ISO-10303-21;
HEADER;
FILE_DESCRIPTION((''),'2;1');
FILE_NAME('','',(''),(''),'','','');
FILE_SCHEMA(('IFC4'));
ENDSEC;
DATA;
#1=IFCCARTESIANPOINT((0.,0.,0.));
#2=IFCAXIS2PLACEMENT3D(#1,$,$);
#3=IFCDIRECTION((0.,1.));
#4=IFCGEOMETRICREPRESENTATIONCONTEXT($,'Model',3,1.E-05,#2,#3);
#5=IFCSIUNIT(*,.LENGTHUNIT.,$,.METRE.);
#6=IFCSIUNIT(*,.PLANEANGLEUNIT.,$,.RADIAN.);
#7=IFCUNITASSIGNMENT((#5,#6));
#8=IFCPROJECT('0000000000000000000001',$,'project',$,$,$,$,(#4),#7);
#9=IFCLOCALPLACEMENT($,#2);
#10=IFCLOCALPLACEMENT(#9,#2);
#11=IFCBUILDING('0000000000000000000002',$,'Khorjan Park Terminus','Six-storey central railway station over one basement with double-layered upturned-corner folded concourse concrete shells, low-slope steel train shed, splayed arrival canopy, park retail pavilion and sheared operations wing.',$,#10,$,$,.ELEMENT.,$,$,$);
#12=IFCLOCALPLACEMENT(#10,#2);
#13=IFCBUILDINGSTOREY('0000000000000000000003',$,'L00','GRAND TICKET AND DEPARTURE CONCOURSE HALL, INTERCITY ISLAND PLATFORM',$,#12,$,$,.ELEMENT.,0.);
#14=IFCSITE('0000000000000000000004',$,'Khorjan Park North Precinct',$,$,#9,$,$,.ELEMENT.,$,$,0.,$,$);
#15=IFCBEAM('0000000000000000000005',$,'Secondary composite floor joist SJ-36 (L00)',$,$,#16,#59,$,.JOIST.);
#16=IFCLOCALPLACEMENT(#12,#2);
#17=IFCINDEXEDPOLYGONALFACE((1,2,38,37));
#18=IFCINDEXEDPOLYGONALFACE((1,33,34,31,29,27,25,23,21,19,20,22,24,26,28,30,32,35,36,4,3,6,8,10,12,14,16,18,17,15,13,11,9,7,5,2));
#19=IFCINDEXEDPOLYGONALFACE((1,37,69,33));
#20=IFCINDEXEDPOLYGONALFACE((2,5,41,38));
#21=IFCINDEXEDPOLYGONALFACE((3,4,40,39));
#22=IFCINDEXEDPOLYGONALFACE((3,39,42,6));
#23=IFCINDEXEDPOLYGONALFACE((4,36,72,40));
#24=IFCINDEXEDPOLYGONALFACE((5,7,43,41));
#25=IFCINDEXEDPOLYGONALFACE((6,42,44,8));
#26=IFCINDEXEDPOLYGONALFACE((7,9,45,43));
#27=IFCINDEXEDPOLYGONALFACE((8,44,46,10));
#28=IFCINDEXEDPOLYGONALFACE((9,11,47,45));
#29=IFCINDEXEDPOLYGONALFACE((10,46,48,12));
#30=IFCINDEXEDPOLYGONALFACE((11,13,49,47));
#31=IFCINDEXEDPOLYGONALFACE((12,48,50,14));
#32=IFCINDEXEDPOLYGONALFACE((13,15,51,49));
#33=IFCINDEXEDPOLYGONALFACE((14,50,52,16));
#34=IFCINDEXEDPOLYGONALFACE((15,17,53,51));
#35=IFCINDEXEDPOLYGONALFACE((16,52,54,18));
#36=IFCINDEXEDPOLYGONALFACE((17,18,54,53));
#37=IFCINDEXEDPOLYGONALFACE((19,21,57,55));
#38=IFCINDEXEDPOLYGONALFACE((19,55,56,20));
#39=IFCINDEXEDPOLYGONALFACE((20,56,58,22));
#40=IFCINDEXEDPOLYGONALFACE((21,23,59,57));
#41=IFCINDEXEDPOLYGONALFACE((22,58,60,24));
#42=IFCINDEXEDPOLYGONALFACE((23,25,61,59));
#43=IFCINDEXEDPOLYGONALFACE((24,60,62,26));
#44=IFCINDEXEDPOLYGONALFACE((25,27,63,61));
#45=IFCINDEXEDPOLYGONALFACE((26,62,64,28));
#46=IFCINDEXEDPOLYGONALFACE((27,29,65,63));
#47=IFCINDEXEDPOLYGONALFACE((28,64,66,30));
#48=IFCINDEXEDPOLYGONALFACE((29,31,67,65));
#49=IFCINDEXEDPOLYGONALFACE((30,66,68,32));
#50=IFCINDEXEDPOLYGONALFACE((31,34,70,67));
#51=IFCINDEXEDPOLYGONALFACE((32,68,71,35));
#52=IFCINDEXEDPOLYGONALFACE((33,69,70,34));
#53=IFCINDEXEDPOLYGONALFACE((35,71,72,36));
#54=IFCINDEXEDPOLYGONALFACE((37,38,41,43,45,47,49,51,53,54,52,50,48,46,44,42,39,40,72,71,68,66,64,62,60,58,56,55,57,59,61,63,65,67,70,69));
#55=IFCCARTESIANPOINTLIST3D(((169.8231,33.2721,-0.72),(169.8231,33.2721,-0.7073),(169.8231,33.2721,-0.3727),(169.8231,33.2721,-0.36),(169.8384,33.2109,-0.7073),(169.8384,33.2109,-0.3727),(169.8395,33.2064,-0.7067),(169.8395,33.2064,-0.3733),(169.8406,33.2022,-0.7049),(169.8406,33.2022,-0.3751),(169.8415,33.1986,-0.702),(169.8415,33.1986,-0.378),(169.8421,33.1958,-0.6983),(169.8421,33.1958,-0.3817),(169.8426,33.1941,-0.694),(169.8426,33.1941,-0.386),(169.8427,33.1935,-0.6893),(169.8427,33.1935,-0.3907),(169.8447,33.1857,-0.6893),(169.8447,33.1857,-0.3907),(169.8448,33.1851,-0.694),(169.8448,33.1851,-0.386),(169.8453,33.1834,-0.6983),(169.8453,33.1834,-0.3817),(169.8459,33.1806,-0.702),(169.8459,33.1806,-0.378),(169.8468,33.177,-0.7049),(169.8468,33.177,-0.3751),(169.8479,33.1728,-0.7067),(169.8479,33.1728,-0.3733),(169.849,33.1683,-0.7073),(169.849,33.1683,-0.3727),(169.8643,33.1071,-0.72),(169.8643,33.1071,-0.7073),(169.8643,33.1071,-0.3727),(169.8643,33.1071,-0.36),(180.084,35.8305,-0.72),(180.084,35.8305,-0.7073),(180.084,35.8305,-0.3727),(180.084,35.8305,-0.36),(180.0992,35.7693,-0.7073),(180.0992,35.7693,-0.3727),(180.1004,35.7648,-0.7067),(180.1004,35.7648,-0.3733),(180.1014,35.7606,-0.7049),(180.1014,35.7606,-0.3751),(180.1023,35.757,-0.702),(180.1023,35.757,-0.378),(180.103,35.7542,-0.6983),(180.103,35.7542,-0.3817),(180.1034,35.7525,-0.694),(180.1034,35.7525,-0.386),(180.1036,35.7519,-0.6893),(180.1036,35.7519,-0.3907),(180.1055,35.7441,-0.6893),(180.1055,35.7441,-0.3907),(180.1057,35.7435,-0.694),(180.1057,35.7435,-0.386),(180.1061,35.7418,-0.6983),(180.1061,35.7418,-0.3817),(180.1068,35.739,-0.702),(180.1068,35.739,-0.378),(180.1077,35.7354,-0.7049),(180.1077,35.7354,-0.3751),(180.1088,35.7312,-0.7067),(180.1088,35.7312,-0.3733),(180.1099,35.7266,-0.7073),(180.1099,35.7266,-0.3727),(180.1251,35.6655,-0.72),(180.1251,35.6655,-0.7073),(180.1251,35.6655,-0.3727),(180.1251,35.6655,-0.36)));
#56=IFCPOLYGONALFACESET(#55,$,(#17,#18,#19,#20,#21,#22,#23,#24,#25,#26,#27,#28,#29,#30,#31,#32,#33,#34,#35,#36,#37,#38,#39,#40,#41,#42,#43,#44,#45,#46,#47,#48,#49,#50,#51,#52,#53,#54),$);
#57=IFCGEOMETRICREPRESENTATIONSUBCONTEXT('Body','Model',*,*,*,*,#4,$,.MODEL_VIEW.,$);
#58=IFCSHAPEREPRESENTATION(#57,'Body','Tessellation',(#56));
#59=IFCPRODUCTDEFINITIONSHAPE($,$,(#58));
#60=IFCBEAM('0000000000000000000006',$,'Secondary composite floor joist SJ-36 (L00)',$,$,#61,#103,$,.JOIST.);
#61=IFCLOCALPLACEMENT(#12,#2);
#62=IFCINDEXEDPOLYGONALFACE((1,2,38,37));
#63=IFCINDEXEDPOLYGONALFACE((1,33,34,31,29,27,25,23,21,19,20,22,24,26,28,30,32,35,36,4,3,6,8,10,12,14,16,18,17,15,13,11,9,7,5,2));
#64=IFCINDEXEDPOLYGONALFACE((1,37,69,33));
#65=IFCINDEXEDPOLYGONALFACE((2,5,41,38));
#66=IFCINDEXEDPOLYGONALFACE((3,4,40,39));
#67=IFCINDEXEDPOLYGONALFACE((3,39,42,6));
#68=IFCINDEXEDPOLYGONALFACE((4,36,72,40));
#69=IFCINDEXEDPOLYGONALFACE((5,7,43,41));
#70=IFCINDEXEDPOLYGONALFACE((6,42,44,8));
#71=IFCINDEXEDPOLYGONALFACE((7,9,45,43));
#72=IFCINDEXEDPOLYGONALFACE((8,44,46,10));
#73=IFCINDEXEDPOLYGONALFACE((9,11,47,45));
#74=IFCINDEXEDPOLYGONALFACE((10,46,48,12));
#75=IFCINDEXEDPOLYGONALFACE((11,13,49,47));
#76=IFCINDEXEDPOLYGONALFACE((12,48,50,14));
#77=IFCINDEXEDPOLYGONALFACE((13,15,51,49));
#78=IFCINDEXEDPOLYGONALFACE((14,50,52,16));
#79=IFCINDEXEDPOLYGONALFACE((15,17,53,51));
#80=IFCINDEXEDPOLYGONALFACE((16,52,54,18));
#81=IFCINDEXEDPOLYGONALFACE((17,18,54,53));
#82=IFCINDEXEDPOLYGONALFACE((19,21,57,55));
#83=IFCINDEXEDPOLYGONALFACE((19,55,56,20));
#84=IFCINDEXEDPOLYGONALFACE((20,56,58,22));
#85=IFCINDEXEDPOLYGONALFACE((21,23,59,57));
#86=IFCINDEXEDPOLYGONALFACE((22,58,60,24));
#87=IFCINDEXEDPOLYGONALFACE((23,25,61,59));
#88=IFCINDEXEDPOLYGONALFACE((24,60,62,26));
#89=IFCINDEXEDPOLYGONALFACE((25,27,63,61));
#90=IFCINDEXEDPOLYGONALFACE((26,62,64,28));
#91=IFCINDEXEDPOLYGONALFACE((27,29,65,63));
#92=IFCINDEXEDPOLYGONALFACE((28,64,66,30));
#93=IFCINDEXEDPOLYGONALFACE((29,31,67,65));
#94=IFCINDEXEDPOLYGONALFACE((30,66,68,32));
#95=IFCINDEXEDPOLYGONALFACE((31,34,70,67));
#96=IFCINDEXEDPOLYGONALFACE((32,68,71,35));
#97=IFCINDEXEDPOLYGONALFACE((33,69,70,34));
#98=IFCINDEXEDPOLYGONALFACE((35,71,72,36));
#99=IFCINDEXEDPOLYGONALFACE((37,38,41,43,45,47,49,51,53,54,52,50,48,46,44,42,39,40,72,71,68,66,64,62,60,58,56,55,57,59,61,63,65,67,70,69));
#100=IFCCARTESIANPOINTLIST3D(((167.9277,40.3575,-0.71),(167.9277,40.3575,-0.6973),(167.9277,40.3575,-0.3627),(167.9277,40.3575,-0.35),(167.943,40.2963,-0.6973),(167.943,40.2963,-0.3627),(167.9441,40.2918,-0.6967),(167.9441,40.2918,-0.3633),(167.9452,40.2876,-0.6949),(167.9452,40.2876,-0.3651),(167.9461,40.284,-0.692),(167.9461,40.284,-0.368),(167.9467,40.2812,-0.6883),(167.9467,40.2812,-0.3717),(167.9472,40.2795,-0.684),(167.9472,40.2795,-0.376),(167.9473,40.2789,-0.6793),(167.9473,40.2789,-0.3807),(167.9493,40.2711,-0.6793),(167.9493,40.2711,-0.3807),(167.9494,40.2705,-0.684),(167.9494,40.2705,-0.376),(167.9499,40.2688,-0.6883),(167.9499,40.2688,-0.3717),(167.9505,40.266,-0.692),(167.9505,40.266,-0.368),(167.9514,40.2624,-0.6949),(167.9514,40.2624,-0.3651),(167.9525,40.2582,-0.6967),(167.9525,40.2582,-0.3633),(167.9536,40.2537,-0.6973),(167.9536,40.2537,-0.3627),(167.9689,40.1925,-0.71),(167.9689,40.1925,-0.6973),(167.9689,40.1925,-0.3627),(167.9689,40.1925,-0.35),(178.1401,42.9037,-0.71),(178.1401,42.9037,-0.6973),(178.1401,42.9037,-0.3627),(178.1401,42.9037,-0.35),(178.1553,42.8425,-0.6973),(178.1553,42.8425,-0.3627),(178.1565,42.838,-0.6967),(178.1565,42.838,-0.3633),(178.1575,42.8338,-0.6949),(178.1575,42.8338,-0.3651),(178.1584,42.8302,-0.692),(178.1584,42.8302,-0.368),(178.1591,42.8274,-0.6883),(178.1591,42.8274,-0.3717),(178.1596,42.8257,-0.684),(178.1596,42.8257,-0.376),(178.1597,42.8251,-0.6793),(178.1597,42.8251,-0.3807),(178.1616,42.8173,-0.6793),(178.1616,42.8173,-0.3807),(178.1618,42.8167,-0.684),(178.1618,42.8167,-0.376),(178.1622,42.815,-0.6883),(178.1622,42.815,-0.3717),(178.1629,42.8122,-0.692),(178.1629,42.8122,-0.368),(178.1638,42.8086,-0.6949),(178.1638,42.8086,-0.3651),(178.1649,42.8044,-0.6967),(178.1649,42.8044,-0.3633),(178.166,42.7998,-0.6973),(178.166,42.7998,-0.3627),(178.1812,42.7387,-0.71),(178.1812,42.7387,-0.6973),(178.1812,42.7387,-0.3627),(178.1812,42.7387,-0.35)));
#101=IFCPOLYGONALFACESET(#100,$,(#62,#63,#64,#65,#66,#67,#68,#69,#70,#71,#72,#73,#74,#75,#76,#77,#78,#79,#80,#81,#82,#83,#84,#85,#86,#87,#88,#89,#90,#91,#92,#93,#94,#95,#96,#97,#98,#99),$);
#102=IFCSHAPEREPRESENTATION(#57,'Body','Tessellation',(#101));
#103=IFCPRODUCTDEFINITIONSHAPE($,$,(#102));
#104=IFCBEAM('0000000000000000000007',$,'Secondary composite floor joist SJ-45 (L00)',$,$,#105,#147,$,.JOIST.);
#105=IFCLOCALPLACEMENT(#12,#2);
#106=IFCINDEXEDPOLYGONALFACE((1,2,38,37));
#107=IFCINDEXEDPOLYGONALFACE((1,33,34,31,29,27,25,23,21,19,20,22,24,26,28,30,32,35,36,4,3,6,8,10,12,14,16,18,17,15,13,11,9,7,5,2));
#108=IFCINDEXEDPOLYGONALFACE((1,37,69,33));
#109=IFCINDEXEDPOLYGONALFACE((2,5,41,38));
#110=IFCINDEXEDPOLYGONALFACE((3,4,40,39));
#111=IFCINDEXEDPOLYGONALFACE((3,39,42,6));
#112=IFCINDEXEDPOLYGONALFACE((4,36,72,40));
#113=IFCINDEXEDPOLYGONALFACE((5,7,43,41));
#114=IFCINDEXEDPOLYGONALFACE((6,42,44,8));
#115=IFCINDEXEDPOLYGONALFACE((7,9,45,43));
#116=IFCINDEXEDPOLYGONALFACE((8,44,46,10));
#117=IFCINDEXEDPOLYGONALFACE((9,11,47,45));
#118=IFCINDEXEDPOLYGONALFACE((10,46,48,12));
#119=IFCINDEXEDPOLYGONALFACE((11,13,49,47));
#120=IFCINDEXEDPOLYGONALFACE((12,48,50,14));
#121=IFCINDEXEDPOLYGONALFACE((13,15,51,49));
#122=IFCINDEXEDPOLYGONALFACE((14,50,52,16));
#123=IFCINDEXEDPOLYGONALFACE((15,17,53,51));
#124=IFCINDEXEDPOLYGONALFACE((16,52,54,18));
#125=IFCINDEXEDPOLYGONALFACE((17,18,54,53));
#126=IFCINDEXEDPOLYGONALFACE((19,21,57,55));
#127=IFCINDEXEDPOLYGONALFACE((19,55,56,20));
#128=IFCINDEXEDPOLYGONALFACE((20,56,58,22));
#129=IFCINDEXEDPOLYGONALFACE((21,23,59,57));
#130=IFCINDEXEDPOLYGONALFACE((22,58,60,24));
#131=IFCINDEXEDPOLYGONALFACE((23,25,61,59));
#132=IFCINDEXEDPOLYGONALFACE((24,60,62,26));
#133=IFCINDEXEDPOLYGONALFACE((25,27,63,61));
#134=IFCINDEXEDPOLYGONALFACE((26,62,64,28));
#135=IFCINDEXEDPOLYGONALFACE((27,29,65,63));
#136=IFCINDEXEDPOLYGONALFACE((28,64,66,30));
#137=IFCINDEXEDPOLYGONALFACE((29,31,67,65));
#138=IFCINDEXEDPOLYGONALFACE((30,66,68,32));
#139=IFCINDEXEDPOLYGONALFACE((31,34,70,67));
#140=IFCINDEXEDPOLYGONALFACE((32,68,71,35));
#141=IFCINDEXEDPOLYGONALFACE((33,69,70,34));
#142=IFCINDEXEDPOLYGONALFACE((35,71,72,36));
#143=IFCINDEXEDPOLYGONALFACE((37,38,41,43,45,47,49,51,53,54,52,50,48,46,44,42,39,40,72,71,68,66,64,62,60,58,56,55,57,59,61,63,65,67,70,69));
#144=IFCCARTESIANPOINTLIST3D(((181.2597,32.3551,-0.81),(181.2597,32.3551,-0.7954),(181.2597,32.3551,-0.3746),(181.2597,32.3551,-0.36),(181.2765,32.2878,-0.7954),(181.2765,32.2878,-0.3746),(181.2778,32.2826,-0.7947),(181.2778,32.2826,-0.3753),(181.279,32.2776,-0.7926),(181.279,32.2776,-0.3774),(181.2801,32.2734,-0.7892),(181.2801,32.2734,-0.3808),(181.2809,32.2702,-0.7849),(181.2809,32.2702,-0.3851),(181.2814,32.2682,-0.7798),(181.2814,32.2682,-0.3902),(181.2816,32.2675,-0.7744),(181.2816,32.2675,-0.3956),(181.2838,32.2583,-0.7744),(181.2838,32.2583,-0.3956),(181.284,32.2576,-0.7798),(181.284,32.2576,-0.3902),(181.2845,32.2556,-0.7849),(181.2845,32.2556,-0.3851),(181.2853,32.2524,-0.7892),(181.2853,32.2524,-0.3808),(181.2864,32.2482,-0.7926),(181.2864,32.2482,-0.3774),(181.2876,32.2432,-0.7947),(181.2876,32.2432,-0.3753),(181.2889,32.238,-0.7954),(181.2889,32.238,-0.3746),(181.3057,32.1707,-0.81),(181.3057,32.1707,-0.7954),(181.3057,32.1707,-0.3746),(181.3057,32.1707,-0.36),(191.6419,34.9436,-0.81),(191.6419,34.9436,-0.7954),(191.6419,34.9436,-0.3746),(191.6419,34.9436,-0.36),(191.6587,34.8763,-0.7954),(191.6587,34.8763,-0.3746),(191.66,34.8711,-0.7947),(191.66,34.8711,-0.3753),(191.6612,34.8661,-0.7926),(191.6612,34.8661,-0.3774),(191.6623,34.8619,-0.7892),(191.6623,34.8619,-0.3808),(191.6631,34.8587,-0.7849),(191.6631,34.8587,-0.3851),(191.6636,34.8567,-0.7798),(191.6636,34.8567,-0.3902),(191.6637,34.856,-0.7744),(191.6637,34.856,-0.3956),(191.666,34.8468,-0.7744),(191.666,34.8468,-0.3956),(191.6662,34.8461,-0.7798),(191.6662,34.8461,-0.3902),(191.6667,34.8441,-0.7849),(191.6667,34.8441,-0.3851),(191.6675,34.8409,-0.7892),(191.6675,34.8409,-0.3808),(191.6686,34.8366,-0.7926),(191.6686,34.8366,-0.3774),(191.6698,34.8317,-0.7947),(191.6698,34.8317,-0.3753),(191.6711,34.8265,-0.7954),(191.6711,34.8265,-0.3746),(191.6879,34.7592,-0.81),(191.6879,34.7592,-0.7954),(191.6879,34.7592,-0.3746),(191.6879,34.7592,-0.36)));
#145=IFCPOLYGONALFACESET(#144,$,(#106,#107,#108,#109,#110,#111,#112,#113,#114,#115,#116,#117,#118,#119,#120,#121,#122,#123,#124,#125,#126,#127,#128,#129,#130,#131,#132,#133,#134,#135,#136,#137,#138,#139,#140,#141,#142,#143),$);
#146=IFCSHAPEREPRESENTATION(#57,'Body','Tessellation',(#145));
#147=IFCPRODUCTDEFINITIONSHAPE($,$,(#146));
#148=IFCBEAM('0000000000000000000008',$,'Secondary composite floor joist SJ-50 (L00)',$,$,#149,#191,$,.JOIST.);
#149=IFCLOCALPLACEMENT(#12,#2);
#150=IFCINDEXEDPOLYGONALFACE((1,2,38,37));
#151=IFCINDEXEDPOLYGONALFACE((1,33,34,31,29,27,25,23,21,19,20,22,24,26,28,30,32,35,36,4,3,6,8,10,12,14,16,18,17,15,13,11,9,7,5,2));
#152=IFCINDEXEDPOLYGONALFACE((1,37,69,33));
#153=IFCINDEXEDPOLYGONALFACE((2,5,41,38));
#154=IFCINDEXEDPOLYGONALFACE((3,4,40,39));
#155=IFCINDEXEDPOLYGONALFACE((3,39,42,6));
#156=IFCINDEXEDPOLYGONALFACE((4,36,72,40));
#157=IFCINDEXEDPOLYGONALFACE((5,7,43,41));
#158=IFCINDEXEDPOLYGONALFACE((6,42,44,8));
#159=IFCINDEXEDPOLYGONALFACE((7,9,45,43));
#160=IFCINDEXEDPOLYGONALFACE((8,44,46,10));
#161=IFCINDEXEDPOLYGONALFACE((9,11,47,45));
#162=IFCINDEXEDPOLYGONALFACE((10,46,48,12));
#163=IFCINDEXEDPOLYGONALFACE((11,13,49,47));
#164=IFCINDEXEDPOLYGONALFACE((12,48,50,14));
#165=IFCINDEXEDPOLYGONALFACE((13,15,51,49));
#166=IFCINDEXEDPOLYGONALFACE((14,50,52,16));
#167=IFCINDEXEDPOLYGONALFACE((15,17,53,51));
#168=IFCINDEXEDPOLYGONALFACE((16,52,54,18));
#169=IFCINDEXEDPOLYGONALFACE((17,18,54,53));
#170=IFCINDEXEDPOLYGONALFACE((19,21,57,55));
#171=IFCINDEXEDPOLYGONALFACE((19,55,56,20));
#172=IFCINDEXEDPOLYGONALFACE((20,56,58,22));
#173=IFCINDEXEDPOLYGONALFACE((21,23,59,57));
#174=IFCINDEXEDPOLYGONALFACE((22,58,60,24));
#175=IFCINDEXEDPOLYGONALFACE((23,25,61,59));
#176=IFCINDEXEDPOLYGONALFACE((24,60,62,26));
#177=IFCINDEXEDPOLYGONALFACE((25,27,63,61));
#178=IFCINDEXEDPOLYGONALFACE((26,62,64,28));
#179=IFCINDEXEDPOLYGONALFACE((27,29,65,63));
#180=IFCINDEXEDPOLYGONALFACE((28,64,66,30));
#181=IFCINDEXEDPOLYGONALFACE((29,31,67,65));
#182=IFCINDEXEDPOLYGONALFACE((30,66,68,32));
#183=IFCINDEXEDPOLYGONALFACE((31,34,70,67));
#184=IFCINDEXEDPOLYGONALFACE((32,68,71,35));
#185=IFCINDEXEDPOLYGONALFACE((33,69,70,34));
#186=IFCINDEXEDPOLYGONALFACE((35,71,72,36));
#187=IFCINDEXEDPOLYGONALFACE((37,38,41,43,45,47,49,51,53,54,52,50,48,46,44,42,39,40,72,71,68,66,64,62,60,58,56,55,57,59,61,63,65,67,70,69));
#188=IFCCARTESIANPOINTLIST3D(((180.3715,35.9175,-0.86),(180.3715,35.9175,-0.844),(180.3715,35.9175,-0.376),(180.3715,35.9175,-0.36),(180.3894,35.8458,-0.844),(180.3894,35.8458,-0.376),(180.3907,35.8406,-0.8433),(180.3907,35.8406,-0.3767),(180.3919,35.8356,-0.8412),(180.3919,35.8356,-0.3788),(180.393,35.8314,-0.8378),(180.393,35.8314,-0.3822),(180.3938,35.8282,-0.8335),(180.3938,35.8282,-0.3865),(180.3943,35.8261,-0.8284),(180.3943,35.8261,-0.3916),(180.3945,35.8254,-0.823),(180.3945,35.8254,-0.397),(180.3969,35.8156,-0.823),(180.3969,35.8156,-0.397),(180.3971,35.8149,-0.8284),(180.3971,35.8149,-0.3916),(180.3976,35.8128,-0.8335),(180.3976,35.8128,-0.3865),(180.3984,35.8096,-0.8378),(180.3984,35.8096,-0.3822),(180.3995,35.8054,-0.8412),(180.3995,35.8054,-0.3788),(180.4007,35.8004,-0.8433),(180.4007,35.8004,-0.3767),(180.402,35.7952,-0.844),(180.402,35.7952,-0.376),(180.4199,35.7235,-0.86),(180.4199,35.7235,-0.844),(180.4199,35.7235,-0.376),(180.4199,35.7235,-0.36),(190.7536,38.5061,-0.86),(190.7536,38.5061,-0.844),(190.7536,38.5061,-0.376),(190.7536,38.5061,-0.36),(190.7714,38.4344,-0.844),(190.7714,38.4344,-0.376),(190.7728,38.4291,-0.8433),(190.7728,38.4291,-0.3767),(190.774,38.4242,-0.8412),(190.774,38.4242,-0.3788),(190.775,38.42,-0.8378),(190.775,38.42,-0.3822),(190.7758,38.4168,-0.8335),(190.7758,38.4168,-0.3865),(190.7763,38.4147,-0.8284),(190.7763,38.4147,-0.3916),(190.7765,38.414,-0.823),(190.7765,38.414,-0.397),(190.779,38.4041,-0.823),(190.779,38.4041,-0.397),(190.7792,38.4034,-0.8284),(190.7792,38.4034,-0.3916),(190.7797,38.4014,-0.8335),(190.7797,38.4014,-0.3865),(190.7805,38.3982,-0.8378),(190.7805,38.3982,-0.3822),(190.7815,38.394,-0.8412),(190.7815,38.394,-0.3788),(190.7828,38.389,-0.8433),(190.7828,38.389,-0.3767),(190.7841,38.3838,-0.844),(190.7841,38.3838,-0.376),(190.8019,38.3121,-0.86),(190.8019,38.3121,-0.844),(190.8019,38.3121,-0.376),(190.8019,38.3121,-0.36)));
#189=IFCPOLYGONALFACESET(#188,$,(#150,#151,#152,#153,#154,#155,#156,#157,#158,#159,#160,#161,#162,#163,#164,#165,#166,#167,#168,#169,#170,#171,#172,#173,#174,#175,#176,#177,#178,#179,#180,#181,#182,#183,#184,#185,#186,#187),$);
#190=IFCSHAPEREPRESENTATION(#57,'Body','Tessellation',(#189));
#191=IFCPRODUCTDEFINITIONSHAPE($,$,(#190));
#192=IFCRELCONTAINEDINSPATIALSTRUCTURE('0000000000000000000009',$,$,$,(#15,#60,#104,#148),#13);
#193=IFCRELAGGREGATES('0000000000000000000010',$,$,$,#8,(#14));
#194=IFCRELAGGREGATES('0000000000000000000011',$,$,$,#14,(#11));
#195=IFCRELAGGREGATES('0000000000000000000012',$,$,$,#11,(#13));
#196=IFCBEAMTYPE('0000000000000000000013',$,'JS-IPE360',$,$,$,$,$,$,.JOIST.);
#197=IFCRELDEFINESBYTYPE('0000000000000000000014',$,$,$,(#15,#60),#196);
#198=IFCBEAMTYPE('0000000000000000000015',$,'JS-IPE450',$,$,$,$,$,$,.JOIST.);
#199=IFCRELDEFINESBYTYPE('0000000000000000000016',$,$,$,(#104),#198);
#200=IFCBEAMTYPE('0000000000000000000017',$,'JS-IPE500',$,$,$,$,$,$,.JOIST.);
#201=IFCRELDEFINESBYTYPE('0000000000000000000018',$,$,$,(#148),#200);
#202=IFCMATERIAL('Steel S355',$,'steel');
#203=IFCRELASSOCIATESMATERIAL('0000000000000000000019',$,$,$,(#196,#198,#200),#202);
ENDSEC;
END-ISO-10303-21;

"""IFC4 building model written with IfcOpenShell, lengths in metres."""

from ifc_helpers import new_model, si_unit, direction, frame, origin, origin_2d, place, context, subcontext, project, spatial, i_section, extrude, material, material_profile, profile_set, type_object, element, save


model = new_model("IFC4")

# Units and contexts
model_context = context("Model", 3, precision=1e-05, world=origin(), true_north=direction((0.0, 1.0)))
body_context = subcontext(model_context, "Body", "Model", "MODEL_VIEW")
ifc_project = project(units=[si_unit("LENGTHUNIT", "METRE"), si_unit("PLANEANGLEUNIT", "RADIAN")], contexts=[model_context])

# Site, building, storey
site_placement = place(None, origin())
site = spatial("IfcSite", under=ifc_project, at=site_placement, Name="Khorjan Park North Precinct", CompositionType="ELEMENT", RefElevation=0.0)
building_placement = place(site_placement, origin())
building = spatial("IfcBuilding", under=site, at=building_placement, Name="Khorjan Park Terminus", Description="Six-storey central railway station over one basement with double-layered upturned-corner folded concourse concrete shells, low-slope steel train shed, splayed arrival canopy, park retail pavilion and sheared operations wing.", CompositionType="ELEMENT")
storey_placement = place(building_placement, origin())
storey = spatial("IfcBuildingStorey", under=building, at=storey_placement, Name="L00", Description="GRAND TICKET AND DEPARTURE CONCOURSE HALL, INTERCITY ISLAND PLATFORM", CompositionType="ELEMENT", Elevation=0.0)

# Beams
ifc_material_1 = material(Name="Steel S355", Category="steel")
ifc_material_profile_1 = material_profile(ifc_material_1, i_section(OverallWidth=0.17, OverallDepth=0.36, WebThickness=0.008, FlangeThickness=0.0127, FilletRadius=0.018, at=origin_2d()), Name="IPE 360")
ifc_profile_set_1 = profile_set([ifc_material_profile_1], Name="Steel S355")
beam_type_1 = type_object("IfcBeamType", Name="JS-IPE360", PredefinedType="JOIST", material=ifc_profile_set_1)
beam_1_placement = place(storey_placement, frame((169.8437, 33.1896, -0.54), z_axis=(0.970294, 0.241928, 0.0), x_axis=(-0.241928, 0.970294, 0.0)))
element("IfcBeam", 1, at=beam_1_placement, inside=storey, type_object=beam_type_1, Name="Secondary composite floor joist SJ-36 (L00)", PredefinedType="JOIST", context=body_context, shape_type="SweptSolid", body=[
    extrude(i_section(OverallWidth=0.17, OverallDepth=0.36, WebThickness=0.008, FlangeThickness=0.0127, FilletRadius=0.018, at=origin_2d()), origin(), (0.0, 0.0, 1.0), 10.575),
])
beam_2_placement = place(storey_placement, frame((167.9483, 40.275, -0.53), z_axis=(0.970297, 0.241919, 0.0), x_axis=(-0.241919, 0.970297, 0.0)))
element("IfcBeam", 2, at=beam_2_placement, inside=storey, type_object=beam_type_1, Name="Secondary composite floor joist SJ-36 (L00)", PredefinedType="JOIST", context=body_context, shape_type="SweptSolid", body=[
    extrude(i_section(OverallWidth=0.17, OverallDepth=0.36, WebThickness=0.008, FlangeThickness=0.0127, FilletRadius=0.018, at=origin_2d()), origin(), (0.0, 0.0, 1.0), 10.525),
])
ifc_material_profile_2 = material_profile(ifc_material_1, i_section(OverallWidth=0.19, OverallDepth=0.45, WebThickness=0.0094, FlangeThickness=0.0146, FilletRadius=0.021, at=origin_2d()), Name="IPE 450")
ifc_profile_set_2 = profile_set([ifc_material_profile_2], Name="Steel S355")
beam_type_2 = type_object("IfcBeamType", Name="JS-IPE450", PredefinedType="JOIST", material=ifc_profile_set_2)
beam_3_placement = place(storey_placement, frame((181.2827, 32.2629, -0.585), z_axis=(0.970297, 0.241915, 0.0), x_axis=(-0.241915, 0.970297, 0.0)))
element("IfcBeam", 3, at=beam_3_placement, inside=storey, type_object=beam_type_2, Name="Secondary composite floor joist SJ-45 (L00)", PredefinedType="JOIST", context=body_context, shape_type="SweptSolid", body=[
    extrude(i_section(OverallWidth=0.19, OverallDepth=0.45, WebThickness=0.0094, FlangeThickness=0.0146, FilletRadius=0.021, at=origin_2d()), origin(), (0.0, 0.0, 1.0), 10.7),
])
ifc_material_profile_3 = material_profile(ifc_material_1, i_section(OverallWidth=0.2, OverallDepth=0.5, WebThickness=0.0102, FlangeThickness=0.016, FilletRadius=0.021, at=origin_2d()), Name="IPE 500")
ifc_profile_set_3 = profile_set([ifc_material_profile_3], Name="Steel S355")
beam_type_3 = type_object("IfcBeamType", Name="JS-IPE500", PredefinedType="JOIST", material=ifc_profile_set_3)
beam_4_placement = place(storey_placement, frame((180.3957, 35.8205, -0.61), z_axis=(0.970295, 0.241926, 0.0), x_axis=(-0.241926, 0.970295, 0.0)))
element("IfcBeam", 4, at=beam_4_placement, inside=storey, type_object=beam_type_3, Name="Secondary composite floor joist SJ-50 (L00)", PredefinedType="JOIST", context=body_context, shape_type="SweptSolid", body=[
    extrude(i_section(OverallWidth=0.2, OverallDepth=0.5, WebThickness=0.0102, FlangeThickness=0.016, FilletRadius=0.021, at=origin_2d()), origin(), (0.0, 0.0, 1.0), 10.6999),
])

save(model, "model.ifc")
